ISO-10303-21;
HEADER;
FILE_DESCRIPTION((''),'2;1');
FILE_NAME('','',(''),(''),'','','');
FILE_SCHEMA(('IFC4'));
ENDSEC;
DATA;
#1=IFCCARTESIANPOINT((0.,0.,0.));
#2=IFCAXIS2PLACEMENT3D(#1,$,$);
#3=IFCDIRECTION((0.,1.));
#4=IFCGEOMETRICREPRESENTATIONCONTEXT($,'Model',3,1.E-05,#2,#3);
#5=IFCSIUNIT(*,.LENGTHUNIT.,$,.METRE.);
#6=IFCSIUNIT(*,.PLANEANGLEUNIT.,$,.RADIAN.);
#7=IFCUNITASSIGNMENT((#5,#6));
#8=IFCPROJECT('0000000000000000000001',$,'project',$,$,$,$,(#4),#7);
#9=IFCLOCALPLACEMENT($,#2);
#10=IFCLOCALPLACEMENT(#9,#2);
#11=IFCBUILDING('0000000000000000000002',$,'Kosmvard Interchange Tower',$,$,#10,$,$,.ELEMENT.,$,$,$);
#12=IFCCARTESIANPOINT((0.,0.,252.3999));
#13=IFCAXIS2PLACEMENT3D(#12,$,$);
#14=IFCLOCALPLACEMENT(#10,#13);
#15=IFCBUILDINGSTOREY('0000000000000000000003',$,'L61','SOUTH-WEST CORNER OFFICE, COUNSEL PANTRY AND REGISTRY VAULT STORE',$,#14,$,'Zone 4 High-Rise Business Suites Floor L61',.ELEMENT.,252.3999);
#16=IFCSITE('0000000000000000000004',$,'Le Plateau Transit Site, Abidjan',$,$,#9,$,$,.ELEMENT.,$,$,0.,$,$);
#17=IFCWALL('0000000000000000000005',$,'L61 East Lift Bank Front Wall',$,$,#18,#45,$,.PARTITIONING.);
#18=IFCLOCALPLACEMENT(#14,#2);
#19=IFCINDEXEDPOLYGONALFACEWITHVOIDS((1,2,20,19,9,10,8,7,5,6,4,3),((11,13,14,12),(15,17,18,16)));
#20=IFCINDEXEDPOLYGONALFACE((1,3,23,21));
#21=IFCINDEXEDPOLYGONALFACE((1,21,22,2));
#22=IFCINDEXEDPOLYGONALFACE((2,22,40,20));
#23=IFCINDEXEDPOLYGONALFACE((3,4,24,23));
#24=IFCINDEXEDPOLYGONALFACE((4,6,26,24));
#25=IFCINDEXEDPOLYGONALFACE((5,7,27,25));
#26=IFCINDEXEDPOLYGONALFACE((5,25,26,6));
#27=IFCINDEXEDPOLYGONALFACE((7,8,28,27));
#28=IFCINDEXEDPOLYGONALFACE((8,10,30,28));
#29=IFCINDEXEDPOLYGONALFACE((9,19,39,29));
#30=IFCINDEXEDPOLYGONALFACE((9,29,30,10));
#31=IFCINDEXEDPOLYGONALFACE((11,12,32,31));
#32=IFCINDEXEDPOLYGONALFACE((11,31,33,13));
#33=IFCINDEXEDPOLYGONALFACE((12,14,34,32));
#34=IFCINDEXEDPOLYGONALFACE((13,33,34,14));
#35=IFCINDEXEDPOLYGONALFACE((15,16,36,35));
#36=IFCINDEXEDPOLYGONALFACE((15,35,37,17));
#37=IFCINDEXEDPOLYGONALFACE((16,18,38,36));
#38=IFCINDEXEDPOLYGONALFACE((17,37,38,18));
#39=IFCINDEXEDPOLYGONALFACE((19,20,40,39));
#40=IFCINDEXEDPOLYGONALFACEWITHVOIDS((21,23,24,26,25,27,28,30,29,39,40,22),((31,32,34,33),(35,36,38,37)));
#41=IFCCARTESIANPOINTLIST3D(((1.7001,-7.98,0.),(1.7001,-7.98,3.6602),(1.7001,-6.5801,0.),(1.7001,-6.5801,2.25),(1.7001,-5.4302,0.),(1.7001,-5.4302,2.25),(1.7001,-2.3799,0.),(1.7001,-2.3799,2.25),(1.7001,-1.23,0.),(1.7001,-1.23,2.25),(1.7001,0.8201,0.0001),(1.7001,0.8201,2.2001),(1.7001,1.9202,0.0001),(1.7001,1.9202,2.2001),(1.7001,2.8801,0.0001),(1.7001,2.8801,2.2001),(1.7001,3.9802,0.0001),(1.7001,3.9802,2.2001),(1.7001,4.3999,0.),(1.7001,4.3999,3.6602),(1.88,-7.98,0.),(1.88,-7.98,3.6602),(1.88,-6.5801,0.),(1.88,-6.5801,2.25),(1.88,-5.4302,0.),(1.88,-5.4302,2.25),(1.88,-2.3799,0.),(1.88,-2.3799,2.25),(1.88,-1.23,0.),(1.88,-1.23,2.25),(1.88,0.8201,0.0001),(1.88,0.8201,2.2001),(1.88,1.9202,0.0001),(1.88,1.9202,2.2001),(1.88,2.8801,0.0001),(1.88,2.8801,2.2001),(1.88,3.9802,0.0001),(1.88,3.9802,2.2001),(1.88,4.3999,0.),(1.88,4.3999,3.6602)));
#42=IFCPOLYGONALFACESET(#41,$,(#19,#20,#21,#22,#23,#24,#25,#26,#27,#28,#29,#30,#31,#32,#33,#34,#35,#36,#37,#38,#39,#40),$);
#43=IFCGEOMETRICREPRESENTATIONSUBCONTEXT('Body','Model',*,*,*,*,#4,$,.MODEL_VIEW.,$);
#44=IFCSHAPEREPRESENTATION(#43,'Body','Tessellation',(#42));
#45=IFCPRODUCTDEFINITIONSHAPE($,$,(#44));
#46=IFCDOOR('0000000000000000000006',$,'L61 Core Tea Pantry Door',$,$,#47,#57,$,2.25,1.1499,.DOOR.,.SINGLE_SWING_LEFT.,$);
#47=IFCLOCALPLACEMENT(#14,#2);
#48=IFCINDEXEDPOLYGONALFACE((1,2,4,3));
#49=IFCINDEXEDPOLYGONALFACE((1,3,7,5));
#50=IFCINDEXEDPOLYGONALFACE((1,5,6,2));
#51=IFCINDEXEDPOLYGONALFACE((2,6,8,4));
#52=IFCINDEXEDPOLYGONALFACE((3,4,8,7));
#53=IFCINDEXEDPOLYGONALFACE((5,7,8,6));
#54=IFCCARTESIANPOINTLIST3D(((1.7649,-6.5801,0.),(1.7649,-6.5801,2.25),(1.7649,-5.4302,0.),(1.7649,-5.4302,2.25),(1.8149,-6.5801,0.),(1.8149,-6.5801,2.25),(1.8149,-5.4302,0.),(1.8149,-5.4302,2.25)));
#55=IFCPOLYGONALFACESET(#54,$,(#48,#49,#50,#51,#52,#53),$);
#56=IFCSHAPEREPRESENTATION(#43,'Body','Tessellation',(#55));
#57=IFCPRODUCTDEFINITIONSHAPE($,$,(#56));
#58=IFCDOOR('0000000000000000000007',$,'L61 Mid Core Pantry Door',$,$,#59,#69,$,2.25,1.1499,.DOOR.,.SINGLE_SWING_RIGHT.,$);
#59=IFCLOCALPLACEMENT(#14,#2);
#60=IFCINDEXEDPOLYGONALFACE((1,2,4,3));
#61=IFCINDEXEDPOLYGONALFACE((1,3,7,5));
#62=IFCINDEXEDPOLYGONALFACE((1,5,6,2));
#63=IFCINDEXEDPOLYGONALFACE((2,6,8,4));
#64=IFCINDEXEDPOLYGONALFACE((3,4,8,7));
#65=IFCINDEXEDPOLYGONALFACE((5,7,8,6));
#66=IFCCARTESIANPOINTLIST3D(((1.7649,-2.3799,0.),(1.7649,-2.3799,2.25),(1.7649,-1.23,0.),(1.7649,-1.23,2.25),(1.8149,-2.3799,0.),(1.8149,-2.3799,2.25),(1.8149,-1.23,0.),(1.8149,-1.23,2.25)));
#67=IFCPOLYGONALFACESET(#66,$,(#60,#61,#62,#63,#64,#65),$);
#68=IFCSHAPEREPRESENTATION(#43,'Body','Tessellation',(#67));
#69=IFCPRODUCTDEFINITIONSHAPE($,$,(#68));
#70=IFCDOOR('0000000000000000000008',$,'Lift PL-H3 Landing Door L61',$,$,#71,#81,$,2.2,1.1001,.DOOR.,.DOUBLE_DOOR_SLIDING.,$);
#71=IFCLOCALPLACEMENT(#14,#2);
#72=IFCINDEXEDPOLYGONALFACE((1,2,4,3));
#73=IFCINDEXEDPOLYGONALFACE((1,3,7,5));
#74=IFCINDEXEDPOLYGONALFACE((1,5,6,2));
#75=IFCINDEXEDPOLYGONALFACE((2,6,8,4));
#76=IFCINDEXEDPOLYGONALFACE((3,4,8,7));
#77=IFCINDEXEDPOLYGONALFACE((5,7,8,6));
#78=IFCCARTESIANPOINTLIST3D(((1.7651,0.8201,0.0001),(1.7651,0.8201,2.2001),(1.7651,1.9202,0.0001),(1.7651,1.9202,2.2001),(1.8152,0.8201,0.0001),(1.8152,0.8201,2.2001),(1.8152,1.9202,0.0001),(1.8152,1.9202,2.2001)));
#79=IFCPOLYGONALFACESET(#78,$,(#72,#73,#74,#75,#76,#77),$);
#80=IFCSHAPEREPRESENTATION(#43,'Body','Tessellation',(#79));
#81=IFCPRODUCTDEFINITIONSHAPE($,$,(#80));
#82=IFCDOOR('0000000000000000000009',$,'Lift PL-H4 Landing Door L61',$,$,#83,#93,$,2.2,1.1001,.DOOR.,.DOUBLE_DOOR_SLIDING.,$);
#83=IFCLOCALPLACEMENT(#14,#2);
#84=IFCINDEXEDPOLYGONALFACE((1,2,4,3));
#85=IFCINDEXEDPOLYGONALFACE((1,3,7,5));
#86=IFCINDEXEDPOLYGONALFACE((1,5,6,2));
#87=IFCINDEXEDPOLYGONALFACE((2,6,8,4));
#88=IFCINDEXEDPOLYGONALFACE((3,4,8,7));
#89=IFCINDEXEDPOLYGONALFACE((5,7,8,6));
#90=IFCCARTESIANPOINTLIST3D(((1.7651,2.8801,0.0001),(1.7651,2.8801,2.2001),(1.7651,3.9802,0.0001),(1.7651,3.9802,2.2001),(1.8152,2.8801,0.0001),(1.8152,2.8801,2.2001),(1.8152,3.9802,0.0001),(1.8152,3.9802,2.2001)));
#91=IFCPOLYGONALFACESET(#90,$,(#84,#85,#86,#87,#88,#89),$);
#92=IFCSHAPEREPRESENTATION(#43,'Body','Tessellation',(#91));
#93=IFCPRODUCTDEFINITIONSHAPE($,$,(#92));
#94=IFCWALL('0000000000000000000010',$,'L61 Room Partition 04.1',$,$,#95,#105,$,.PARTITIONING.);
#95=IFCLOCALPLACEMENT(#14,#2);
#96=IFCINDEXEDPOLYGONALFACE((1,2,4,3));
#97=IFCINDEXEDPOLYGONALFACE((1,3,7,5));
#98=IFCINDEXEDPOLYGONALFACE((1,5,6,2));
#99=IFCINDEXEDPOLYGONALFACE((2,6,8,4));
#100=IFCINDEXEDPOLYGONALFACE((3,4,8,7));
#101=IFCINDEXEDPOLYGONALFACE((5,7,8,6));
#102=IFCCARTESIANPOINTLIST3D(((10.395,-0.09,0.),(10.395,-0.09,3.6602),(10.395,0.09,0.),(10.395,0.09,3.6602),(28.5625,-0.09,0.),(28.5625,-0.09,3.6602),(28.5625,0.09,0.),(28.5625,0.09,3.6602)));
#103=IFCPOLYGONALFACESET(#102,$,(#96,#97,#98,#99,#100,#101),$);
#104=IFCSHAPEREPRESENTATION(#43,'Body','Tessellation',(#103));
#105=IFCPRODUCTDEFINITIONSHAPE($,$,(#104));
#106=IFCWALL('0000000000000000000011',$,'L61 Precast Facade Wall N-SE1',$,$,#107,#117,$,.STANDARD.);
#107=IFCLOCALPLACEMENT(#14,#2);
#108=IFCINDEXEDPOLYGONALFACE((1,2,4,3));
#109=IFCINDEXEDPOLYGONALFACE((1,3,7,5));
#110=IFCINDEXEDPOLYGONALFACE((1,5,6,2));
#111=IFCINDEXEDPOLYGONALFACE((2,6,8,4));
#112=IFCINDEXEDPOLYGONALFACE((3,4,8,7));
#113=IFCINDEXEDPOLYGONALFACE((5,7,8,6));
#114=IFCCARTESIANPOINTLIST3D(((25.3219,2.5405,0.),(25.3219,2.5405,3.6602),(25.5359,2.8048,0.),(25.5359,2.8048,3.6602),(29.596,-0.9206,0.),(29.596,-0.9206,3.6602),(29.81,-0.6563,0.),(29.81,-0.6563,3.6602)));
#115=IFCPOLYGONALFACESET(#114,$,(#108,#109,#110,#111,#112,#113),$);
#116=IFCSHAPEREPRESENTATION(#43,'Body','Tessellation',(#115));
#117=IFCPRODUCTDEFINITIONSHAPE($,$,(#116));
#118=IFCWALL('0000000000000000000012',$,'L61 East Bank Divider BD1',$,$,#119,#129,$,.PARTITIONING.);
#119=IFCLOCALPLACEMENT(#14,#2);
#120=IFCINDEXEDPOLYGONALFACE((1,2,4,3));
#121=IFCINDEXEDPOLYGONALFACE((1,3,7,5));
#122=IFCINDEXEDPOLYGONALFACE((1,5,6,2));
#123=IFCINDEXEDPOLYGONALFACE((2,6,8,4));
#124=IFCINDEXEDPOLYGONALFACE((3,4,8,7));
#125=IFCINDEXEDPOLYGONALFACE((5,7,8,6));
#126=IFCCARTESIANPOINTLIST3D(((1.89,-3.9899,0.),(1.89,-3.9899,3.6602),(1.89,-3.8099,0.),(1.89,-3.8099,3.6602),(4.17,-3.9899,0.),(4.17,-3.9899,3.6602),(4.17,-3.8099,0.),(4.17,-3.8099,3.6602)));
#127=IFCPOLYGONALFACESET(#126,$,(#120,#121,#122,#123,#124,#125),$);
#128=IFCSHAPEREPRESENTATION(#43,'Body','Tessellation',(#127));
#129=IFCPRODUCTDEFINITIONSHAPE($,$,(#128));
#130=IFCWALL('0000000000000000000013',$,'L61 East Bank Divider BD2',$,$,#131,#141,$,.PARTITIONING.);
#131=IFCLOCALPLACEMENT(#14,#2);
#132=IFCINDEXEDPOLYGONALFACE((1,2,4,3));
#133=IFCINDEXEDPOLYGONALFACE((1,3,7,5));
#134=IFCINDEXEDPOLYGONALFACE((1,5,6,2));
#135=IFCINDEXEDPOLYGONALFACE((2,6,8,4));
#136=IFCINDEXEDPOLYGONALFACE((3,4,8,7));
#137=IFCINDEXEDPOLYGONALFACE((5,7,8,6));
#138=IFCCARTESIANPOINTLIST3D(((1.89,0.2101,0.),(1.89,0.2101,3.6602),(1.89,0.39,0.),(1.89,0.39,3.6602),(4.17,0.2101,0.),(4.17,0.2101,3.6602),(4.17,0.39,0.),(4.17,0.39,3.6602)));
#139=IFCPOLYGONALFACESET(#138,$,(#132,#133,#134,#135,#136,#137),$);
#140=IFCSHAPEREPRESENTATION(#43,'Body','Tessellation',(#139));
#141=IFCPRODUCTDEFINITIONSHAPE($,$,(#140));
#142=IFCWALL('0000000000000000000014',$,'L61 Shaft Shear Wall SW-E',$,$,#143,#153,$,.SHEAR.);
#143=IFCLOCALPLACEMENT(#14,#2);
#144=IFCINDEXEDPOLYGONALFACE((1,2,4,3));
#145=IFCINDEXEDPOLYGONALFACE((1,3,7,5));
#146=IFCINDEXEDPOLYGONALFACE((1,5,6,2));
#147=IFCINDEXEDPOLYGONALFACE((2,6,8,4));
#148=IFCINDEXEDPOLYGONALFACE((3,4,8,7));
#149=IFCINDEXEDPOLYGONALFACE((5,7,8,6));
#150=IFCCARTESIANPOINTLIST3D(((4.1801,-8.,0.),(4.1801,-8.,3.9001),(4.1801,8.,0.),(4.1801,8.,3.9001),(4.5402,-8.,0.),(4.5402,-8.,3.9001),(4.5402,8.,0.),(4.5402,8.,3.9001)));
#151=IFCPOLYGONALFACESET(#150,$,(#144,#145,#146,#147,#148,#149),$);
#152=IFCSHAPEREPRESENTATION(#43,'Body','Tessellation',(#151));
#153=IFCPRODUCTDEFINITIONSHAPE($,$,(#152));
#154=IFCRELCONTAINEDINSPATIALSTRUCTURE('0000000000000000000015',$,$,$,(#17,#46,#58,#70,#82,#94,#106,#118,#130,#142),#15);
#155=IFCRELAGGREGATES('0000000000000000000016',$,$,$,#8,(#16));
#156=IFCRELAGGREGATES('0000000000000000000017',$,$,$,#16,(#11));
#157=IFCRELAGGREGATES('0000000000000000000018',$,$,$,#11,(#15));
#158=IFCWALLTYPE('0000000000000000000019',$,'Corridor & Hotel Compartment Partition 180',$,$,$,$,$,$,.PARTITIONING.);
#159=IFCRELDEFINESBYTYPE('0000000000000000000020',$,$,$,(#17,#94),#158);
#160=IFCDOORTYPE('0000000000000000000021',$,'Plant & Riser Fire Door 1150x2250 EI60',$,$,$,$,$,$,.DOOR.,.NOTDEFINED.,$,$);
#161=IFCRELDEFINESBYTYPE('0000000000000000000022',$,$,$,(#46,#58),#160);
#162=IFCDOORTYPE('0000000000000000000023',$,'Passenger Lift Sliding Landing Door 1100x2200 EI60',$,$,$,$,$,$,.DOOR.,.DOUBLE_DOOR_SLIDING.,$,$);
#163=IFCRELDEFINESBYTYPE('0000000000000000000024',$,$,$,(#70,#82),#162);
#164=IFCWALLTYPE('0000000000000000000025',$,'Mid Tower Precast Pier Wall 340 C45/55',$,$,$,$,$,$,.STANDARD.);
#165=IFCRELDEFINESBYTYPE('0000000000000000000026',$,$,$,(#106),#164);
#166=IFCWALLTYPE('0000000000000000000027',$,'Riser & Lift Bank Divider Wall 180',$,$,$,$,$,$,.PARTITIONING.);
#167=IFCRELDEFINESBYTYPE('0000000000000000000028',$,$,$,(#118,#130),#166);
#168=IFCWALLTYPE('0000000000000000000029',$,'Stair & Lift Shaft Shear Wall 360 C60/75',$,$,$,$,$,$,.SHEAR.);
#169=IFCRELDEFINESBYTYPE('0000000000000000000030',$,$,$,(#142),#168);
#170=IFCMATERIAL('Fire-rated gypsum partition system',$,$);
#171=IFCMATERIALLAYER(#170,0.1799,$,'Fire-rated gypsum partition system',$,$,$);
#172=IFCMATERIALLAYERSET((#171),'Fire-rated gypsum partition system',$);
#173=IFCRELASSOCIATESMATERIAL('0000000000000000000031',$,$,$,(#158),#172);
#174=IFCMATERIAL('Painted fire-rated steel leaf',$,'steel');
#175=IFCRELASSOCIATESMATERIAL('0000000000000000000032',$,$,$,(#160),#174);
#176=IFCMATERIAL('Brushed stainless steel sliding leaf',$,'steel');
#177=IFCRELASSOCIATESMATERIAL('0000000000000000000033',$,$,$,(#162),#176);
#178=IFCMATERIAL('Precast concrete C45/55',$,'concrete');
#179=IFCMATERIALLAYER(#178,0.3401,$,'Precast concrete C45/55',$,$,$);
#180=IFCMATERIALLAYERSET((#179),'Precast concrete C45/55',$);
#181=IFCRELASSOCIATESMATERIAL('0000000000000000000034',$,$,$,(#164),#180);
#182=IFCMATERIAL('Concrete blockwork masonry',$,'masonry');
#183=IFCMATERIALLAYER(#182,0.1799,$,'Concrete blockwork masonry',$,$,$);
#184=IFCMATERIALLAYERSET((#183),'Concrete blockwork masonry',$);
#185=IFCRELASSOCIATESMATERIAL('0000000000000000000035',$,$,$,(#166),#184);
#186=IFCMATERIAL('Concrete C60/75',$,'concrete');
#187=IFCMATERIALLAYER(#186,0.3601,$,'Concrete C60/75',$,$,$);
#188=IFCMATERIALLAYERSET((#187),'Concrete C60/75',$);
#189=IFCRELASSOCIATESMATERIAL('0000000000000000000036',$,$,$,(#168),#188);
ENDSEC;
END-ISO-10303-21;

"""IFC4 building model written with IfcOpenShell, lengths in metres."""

from ifc_helpers import new_model, si_unit, direction, frame, frame_2d, origin, place, context, subcontext, project, spatial, rectangle, extrude, source, transform, mapped, material, layer, layer_set, type_object, element, fill, save


model = new_model("IFC4")

# Units and contexts
model_context = context("Model", 3, precision=1e-05, world=origin(), true_north=direction((0.0, 1.0)))
body_context = subcontext(model_context, "Body", "Model", "MODEL_VIEW")
ifc_project = project(units=[si_unit("LENGTHUNIT", "METRE"), si_unit("PLANEANGLEUNIT", "RADIAN")], contexts=[model_context])

# Site, building, storey
site_placement = place(None, origin())
site = spatial("IfcSite", under=ifc_project, at=site_placement, Name="Le Plateau Transit Site, Abidjan", CompositionType="ELEMENT", RefElevation=0.0)
building_placement = place(site_placement, origin())
building = spatial("IfcBuilding", under=site, at=building_placement, Name="Kosmvard Interchange Tower", CompositionType="ELEMENT")
storey_placement = place(building_placement, frame((0.0, 0.0, 252.3999)))
storey = spatial("IfcBuildingStorey", under=building, at=storey_placement, Name="L61", Description="SOUTH-WEST CORNER OFFICE, COUNSEL PANTRY AND REGISTRY VAULT STORE", LongName="Zone 4 High-Rise Business Suites Floor L61", CompositionType="ELEMENT", Elevation=252.3999)

# Shared definitions
ifc_material_1 = material(Name="Concrete C60/75", Category="concrete")

# Shared definitions
ifc_material_2 = material(Name="Precast concrete C45/55", Category="concrete")

# Wall, openings, doors
ifc_material_3 = material(Name="Fire-rated gypsum partition system")
ifc_layer_1 = layer(ifc_material_3, 0.1799, Name="Fire-rated gypsum partition system")
ifc_layer_set_1 = layer_set([ifc_layer_1], Name="Fire-rated gypsum partition system")
wall_type_1 = type_object("IfcWallType", Name="Corridor & Hotel Compartment Partition 180", PredefinedType="PARTITIONING", material=ifc_layer_set_1)
wall_1_placement = place(storey_placement, frame((1.79, -7.98, 0.0), z_axis=(0.0, 0.0, 1.0), x_axis=(0.0, 1.0, 0.0)))
wall_1 = element("IfcWall", 1, at=wall_1_placement, inside=storey, type_object=wall_type_1, Name="L61 East Lift Bank Front Wall", PredefinedType="PARTITIONING", context=body_context, shape_type="SweptSolid", body=[
    extrude(rectangle(XDim=12.3799, YDim=0.1799, at=frame_2d((6.1899, 0.0))), origin(), (0.0, 0.0, 1.0), 3.6602),
])
opening_1_placement = place(wall_1_placement, frame((8.8, 0.0, 0.0)))
opening_1 = element("IfcOpeningElement", 2, at=opening_1_placement, cuts=wall_1, PredefinedType="OPENING", context=body_context, shape_type="SweptSolid", body=[
    extrude(rectangle(XDim=1.1001, YDim=2.2, at=frame_2d((0.55, 1.1001))), frame((0.0, 0.1001, 0.0), z_axis=(0.0, -1.0, 0.0), x_axis=(1.0, 0.0, 0.0)), (0.0, 0.0, 1.0), 0.2),
])
opening_2_placement = place(wall_1_placement, frame((10.8601, 0.0, 0.0)))
opening_2 = element("IfcOpeningElement", 3, at=opening_2_placement, cuts=wall_1, PredefinedType="OPENING", context=body_context, shape_type="SweptSolid", body=[
    extrude(rectangle(XDim=1.1001, YDim=2.2, at=frame_2d((0.55, 1.1001))), frame((0.0, 0.1001, 0.0), z_axis=(0.0, -1.0, 0.0), x_axis=(1.0, 0.0, 0.0)), (0.0, 0.0, 1.0), 0.2),
])
opening_3_placement = place(wall_1_placement, frame((1.3999, 0.0, 0.0)))
opening_3 = element("IfcOpeningElement", 4, at=opening_3_placement, cuts=wall_1, PredefinedType="OPENING", context=body_context, shape_type="SweptSolid", body=[
    extrude(rectangle(XDim=1.1499, YDim=2.25, at=frame_2d((0.575, 1.125))), frame((0.0, 0.1001, 0.0), z_axis=(0.0, -1.0, 0.0), x_axis=(1.0, 0.0, 0.0)), (0.0, 0.0, 1.0), 0.2),
])
opening_4_placement = place(wall_1_placement, frame((5.6001, 0.0, 0.0)))
opening_4 = element("IfcOpeningElement", 5, at=opening_4_placement, cuts=wall_1, PredefinedType="OPENING", context=body_context, shape_type="SweptSolid", body=[
    extrude(rectangle(XDim=1.1499, YDim=2.25, at=frame_2d((0.575, 1.125))), frame((0.0, 0.1001, 0.0), z_axis=(0.0, -1.0, 0.0), x_axis=(1.0, 0.0, 0.0)), (0.0, 0.0, 1.0), 0.2),
])
ifc_material_4 = material(Name="Painted fire-rated steel leaf", Category="steel")
door_type_1 = type_object("IfcDoorType", Name="Plant & Riser Fire Door 1150x2250 EI60", OperationType="NOTDEFINED", PredefinedType="DOOR", material=ifc_material_4)
shared_shape_1 = source(origin(), body_context, "Body", "SweptSolid", [
    extrude(rectangle(XDim=1.1499, YDim=2.25, at=frame_2d((0.575, 1.125))), frame((0.0, 0.0249, 0.0), z_axis=(0.0, -1.0, 0.0), x_axis=(1.0, 0.0, 0.0)), (0.0, 0.0, 1.0), 0.05),
])
door_1_placement = place(opening_3_placement, frame((1.1499, 0.0, 0.0), z_axis=(0.0, 0.0, 1.0), x_axis=(-1.0, 0.0, 0.0)))
door_1 = element("IfcDoor", 6, at=door_1_placement, inside=storey, type_object=door_type_1, Name="L61 Core Tea Pantry Door", OperationType="SINGLE_SWING_LEFT", OverallHeight=2.25, OverallWidth=1.1499, PredefinedType="DOOR", context=body_context, shape_type="MappedRepresentation", body=[
    mapped(shared_shape_1, transform((0.0, 0.0, 0.0), scale=1.0)),
])
fill(opening_3, door_1)
door_2_placement = place(opening_4_placement, frame((1.1499, 0.0, 0.0), z_axis=(0.0, 0.0, 1.0), x_axis=(-1.0, 0.0, 0.0)))
door_2 = element("IfcDoor", 7, at=door_2_placement, inside=storey, type_object=door_type_1, Name="L61 Mid Core Pantry Door", OperationType="SINGLE_SWING_RIGHT", OverallHeight=2.25, OverallWidth=1.1499, PredefinedType="DOOR", context=body_context, shape_type="MappedRepresentation", body=[
    mapped(shared_shape_1, transform((0.0, 0.0, 0.0), scale=1.0)),
])
fill(opening_4, door_2)
ifc_material_5 = material(Name="Brushed stainless steel sliding leaf", Category="steel")
door_type_2 = type_object("IfcDoorType", Name="Passenger Lift Sliding Landing Door 1100x2200 EI60", OperationType="DOUBLE_DOOR_SLIDING", PredefinedType="DOOR", material=ifc_material_5)
shared_shape_2 = source(origin(), body_context, "Body", "SweptSolid", [
    extrude(rectangle(XDim=1.1001, YDim=2.2, at=frame_2d((0.55, 1.1001))), frame((0.0, 0.0249, 0.0), z_axis=(0.0, -1.0, 0.0), x_axis=(1.0, 0.0, 0.0)), (0.0, 0.0, 1.0), 0.05),
])
door_3_placement = place(opening_1_placement, origin())
door_3 = element("IfcDoor", 8, at=door_3_placement, inside=storey, type_object=door_type_2, Name="Lift PL-H3 Landing Door L61", OperationType="DOUBLE_DOOR_SLIDING", OverallHeight=2.2, OverallWidth=1.1001, PredefinedType="DOOR", context=body_context, shape_type="MappedRepresentation", body=[
    mapped(shared_shape_2, transform((0.0, 0.0, 0.0), scale=1.0)),
])
fill(opening_1, door_3)
door_4_placement = place(opening_2_placement, origin())
door_4 = element("IfcDoor", 9, at=door_4_placement, inside=storey, type_object=door_type_2, Name="Lift PL-H4 Landing Door L61", OperationType="DOUBLE_DOOR_SLIDING", OverallHeight=2.2, OverallWidth=1.1001, PredefinedType="DOOR", context=body_context, shape_type="MappedRepresentation", body=[
    mapped(shared_shape_2, transform((0.0, 0.0, 0.0), scale=1.0)),
])
fill(opening_2, door_4)

# Walls
wall_2_placement = place(storey_placement, frame((10.395, 0.0, 0.0), z_axis=(0.0, 0.0, 1.0), x_axis=(1.0, 0.0, 0.0)))
element("IfcWall", 10, at=wall_2_placement, inside=storey, type_object=wall_type_1, Name="L61 Room Partition 04.1", PredefinedType="PARTITIONING", context=body_context, shape_type="SweptSolid", body=[
    extrude(rectangle(XDim=18.1675, YDim=0.1799, at=frame_2d((9.0837, 0.0))), origin(), (0.0, 0.0, 1.0), 3.6602),
])
ifc_layer_2 = layer(ifc_material_2, 0.3401, Name="Precast concrete C45/55")
ifc_layer_set_2 = layer_set([ifc_layer_2], Name="Precast concrete C45/55")
wall_type_2 = type_object("IfcWallType", Name="Mid Tower Precast Pier Wall 340 C45/55", PredefinedType="STANDARD", material=ifc_layer_set_2)
wall_3_placement = place(storey_placement, frame((29.7031, -0.7886, 0.0), z_axis=(0.0, 0.0, 1.0), x_axis=(-0.777144, 0.629323, 0.0)))
element("IfcWall", 11, at=wall_3_placement, inside=storey, type_object=wall_type_2, Name="L61 Precast Facade Wall N-SE1", PredefinedType="STANDARD", context=body_context, shape_type="SweptSolid", body=[
    extrude(rectangle(XDim=5.4998, YDim=0.3401, at=frame_2d((2.75, 0.0))), origin(), (0.0, 0.0, 1.0), 3.6602),
])
ifc_material_6 = material(Name="Concrete blockwork masonry", Category="masonry")
ifc_layer_3 = layer(ifc_material_6, 0.1799, Name="Concrete blockwork masonry")
ifc_layer_set_3 = layer_set([ifc_layer_3], Name="Concrete blockwork masonry")
wall_type_3 = type_object("IfcWallType", Name="Riser & Lift Bank Divider Wall 180", PredefinedType="PARTITIONING", material=ifc_layer_set_3)
for number, where, z_axis, x_axis, name in (
    (12, (1.8899, -3.8999, 0.0), (0.0, 0.0, 1.0), (1.0, 0.0, 0.0), "L61 East Bank Divider BD1"),
    (13, (1.8899, 0.3, 0.0), (0.0, 0.0, 1.0), (1.0, 0.0, 0.0), "L61 East Bank Divider BD2"),
):
    element("IfcWall", number, at=place(storey_placement, frame(where, z_axis=z_axis, x_axis=x_axis)), inside=storey, type_object=wall_type_3, Name=name, PredefinedType="PARTITIONING", context=body_context, shape_type="SweptSolid", body=[
        extrude(rectangle(XDim=2.28, YDim=0.1799, at=frame_2d((1.1401, 0.0))), origin(), (0.0, 0.0, 1.0), 3.6602),
    ])
ifc_layer_4 = layer(ifc_material_1, 0.3601, Name="Concrete C60/75")
ifc_layer_set_4 = layer_set([ifc_layer_4], Name="Concrete C60/75")
wall_type_4 = type_object("IfcWallType", Name="Stair & Lift Shaft Shear Wall 360 C60/75", PredefinedType="SHEAR", material=ifc_layer_set_4)
wall_4_placement = place(storey_placement, frame((4.3601, -8.0, 0.0), z_axis=(0.0, 0.0, 1.0), x_axis=(0.0, 1.0, 0.0)))
element("IfcWall", 14, at=wall_4_placement, inside=storey, type_object=wall_type_4, Name="L61 Shaft Shear Wall SW-E", PredefinedType="SHEAR", context=body_context, shape_type="SweptSolid", body=[
    extrude(rectangle(XDim=16.0, YDim=0.3601, at=frame_2d((8.0, 0.0))), origin(), (0.0, 0.0, 1.0), 3.9001),
])

save(model, "model.ifc")
